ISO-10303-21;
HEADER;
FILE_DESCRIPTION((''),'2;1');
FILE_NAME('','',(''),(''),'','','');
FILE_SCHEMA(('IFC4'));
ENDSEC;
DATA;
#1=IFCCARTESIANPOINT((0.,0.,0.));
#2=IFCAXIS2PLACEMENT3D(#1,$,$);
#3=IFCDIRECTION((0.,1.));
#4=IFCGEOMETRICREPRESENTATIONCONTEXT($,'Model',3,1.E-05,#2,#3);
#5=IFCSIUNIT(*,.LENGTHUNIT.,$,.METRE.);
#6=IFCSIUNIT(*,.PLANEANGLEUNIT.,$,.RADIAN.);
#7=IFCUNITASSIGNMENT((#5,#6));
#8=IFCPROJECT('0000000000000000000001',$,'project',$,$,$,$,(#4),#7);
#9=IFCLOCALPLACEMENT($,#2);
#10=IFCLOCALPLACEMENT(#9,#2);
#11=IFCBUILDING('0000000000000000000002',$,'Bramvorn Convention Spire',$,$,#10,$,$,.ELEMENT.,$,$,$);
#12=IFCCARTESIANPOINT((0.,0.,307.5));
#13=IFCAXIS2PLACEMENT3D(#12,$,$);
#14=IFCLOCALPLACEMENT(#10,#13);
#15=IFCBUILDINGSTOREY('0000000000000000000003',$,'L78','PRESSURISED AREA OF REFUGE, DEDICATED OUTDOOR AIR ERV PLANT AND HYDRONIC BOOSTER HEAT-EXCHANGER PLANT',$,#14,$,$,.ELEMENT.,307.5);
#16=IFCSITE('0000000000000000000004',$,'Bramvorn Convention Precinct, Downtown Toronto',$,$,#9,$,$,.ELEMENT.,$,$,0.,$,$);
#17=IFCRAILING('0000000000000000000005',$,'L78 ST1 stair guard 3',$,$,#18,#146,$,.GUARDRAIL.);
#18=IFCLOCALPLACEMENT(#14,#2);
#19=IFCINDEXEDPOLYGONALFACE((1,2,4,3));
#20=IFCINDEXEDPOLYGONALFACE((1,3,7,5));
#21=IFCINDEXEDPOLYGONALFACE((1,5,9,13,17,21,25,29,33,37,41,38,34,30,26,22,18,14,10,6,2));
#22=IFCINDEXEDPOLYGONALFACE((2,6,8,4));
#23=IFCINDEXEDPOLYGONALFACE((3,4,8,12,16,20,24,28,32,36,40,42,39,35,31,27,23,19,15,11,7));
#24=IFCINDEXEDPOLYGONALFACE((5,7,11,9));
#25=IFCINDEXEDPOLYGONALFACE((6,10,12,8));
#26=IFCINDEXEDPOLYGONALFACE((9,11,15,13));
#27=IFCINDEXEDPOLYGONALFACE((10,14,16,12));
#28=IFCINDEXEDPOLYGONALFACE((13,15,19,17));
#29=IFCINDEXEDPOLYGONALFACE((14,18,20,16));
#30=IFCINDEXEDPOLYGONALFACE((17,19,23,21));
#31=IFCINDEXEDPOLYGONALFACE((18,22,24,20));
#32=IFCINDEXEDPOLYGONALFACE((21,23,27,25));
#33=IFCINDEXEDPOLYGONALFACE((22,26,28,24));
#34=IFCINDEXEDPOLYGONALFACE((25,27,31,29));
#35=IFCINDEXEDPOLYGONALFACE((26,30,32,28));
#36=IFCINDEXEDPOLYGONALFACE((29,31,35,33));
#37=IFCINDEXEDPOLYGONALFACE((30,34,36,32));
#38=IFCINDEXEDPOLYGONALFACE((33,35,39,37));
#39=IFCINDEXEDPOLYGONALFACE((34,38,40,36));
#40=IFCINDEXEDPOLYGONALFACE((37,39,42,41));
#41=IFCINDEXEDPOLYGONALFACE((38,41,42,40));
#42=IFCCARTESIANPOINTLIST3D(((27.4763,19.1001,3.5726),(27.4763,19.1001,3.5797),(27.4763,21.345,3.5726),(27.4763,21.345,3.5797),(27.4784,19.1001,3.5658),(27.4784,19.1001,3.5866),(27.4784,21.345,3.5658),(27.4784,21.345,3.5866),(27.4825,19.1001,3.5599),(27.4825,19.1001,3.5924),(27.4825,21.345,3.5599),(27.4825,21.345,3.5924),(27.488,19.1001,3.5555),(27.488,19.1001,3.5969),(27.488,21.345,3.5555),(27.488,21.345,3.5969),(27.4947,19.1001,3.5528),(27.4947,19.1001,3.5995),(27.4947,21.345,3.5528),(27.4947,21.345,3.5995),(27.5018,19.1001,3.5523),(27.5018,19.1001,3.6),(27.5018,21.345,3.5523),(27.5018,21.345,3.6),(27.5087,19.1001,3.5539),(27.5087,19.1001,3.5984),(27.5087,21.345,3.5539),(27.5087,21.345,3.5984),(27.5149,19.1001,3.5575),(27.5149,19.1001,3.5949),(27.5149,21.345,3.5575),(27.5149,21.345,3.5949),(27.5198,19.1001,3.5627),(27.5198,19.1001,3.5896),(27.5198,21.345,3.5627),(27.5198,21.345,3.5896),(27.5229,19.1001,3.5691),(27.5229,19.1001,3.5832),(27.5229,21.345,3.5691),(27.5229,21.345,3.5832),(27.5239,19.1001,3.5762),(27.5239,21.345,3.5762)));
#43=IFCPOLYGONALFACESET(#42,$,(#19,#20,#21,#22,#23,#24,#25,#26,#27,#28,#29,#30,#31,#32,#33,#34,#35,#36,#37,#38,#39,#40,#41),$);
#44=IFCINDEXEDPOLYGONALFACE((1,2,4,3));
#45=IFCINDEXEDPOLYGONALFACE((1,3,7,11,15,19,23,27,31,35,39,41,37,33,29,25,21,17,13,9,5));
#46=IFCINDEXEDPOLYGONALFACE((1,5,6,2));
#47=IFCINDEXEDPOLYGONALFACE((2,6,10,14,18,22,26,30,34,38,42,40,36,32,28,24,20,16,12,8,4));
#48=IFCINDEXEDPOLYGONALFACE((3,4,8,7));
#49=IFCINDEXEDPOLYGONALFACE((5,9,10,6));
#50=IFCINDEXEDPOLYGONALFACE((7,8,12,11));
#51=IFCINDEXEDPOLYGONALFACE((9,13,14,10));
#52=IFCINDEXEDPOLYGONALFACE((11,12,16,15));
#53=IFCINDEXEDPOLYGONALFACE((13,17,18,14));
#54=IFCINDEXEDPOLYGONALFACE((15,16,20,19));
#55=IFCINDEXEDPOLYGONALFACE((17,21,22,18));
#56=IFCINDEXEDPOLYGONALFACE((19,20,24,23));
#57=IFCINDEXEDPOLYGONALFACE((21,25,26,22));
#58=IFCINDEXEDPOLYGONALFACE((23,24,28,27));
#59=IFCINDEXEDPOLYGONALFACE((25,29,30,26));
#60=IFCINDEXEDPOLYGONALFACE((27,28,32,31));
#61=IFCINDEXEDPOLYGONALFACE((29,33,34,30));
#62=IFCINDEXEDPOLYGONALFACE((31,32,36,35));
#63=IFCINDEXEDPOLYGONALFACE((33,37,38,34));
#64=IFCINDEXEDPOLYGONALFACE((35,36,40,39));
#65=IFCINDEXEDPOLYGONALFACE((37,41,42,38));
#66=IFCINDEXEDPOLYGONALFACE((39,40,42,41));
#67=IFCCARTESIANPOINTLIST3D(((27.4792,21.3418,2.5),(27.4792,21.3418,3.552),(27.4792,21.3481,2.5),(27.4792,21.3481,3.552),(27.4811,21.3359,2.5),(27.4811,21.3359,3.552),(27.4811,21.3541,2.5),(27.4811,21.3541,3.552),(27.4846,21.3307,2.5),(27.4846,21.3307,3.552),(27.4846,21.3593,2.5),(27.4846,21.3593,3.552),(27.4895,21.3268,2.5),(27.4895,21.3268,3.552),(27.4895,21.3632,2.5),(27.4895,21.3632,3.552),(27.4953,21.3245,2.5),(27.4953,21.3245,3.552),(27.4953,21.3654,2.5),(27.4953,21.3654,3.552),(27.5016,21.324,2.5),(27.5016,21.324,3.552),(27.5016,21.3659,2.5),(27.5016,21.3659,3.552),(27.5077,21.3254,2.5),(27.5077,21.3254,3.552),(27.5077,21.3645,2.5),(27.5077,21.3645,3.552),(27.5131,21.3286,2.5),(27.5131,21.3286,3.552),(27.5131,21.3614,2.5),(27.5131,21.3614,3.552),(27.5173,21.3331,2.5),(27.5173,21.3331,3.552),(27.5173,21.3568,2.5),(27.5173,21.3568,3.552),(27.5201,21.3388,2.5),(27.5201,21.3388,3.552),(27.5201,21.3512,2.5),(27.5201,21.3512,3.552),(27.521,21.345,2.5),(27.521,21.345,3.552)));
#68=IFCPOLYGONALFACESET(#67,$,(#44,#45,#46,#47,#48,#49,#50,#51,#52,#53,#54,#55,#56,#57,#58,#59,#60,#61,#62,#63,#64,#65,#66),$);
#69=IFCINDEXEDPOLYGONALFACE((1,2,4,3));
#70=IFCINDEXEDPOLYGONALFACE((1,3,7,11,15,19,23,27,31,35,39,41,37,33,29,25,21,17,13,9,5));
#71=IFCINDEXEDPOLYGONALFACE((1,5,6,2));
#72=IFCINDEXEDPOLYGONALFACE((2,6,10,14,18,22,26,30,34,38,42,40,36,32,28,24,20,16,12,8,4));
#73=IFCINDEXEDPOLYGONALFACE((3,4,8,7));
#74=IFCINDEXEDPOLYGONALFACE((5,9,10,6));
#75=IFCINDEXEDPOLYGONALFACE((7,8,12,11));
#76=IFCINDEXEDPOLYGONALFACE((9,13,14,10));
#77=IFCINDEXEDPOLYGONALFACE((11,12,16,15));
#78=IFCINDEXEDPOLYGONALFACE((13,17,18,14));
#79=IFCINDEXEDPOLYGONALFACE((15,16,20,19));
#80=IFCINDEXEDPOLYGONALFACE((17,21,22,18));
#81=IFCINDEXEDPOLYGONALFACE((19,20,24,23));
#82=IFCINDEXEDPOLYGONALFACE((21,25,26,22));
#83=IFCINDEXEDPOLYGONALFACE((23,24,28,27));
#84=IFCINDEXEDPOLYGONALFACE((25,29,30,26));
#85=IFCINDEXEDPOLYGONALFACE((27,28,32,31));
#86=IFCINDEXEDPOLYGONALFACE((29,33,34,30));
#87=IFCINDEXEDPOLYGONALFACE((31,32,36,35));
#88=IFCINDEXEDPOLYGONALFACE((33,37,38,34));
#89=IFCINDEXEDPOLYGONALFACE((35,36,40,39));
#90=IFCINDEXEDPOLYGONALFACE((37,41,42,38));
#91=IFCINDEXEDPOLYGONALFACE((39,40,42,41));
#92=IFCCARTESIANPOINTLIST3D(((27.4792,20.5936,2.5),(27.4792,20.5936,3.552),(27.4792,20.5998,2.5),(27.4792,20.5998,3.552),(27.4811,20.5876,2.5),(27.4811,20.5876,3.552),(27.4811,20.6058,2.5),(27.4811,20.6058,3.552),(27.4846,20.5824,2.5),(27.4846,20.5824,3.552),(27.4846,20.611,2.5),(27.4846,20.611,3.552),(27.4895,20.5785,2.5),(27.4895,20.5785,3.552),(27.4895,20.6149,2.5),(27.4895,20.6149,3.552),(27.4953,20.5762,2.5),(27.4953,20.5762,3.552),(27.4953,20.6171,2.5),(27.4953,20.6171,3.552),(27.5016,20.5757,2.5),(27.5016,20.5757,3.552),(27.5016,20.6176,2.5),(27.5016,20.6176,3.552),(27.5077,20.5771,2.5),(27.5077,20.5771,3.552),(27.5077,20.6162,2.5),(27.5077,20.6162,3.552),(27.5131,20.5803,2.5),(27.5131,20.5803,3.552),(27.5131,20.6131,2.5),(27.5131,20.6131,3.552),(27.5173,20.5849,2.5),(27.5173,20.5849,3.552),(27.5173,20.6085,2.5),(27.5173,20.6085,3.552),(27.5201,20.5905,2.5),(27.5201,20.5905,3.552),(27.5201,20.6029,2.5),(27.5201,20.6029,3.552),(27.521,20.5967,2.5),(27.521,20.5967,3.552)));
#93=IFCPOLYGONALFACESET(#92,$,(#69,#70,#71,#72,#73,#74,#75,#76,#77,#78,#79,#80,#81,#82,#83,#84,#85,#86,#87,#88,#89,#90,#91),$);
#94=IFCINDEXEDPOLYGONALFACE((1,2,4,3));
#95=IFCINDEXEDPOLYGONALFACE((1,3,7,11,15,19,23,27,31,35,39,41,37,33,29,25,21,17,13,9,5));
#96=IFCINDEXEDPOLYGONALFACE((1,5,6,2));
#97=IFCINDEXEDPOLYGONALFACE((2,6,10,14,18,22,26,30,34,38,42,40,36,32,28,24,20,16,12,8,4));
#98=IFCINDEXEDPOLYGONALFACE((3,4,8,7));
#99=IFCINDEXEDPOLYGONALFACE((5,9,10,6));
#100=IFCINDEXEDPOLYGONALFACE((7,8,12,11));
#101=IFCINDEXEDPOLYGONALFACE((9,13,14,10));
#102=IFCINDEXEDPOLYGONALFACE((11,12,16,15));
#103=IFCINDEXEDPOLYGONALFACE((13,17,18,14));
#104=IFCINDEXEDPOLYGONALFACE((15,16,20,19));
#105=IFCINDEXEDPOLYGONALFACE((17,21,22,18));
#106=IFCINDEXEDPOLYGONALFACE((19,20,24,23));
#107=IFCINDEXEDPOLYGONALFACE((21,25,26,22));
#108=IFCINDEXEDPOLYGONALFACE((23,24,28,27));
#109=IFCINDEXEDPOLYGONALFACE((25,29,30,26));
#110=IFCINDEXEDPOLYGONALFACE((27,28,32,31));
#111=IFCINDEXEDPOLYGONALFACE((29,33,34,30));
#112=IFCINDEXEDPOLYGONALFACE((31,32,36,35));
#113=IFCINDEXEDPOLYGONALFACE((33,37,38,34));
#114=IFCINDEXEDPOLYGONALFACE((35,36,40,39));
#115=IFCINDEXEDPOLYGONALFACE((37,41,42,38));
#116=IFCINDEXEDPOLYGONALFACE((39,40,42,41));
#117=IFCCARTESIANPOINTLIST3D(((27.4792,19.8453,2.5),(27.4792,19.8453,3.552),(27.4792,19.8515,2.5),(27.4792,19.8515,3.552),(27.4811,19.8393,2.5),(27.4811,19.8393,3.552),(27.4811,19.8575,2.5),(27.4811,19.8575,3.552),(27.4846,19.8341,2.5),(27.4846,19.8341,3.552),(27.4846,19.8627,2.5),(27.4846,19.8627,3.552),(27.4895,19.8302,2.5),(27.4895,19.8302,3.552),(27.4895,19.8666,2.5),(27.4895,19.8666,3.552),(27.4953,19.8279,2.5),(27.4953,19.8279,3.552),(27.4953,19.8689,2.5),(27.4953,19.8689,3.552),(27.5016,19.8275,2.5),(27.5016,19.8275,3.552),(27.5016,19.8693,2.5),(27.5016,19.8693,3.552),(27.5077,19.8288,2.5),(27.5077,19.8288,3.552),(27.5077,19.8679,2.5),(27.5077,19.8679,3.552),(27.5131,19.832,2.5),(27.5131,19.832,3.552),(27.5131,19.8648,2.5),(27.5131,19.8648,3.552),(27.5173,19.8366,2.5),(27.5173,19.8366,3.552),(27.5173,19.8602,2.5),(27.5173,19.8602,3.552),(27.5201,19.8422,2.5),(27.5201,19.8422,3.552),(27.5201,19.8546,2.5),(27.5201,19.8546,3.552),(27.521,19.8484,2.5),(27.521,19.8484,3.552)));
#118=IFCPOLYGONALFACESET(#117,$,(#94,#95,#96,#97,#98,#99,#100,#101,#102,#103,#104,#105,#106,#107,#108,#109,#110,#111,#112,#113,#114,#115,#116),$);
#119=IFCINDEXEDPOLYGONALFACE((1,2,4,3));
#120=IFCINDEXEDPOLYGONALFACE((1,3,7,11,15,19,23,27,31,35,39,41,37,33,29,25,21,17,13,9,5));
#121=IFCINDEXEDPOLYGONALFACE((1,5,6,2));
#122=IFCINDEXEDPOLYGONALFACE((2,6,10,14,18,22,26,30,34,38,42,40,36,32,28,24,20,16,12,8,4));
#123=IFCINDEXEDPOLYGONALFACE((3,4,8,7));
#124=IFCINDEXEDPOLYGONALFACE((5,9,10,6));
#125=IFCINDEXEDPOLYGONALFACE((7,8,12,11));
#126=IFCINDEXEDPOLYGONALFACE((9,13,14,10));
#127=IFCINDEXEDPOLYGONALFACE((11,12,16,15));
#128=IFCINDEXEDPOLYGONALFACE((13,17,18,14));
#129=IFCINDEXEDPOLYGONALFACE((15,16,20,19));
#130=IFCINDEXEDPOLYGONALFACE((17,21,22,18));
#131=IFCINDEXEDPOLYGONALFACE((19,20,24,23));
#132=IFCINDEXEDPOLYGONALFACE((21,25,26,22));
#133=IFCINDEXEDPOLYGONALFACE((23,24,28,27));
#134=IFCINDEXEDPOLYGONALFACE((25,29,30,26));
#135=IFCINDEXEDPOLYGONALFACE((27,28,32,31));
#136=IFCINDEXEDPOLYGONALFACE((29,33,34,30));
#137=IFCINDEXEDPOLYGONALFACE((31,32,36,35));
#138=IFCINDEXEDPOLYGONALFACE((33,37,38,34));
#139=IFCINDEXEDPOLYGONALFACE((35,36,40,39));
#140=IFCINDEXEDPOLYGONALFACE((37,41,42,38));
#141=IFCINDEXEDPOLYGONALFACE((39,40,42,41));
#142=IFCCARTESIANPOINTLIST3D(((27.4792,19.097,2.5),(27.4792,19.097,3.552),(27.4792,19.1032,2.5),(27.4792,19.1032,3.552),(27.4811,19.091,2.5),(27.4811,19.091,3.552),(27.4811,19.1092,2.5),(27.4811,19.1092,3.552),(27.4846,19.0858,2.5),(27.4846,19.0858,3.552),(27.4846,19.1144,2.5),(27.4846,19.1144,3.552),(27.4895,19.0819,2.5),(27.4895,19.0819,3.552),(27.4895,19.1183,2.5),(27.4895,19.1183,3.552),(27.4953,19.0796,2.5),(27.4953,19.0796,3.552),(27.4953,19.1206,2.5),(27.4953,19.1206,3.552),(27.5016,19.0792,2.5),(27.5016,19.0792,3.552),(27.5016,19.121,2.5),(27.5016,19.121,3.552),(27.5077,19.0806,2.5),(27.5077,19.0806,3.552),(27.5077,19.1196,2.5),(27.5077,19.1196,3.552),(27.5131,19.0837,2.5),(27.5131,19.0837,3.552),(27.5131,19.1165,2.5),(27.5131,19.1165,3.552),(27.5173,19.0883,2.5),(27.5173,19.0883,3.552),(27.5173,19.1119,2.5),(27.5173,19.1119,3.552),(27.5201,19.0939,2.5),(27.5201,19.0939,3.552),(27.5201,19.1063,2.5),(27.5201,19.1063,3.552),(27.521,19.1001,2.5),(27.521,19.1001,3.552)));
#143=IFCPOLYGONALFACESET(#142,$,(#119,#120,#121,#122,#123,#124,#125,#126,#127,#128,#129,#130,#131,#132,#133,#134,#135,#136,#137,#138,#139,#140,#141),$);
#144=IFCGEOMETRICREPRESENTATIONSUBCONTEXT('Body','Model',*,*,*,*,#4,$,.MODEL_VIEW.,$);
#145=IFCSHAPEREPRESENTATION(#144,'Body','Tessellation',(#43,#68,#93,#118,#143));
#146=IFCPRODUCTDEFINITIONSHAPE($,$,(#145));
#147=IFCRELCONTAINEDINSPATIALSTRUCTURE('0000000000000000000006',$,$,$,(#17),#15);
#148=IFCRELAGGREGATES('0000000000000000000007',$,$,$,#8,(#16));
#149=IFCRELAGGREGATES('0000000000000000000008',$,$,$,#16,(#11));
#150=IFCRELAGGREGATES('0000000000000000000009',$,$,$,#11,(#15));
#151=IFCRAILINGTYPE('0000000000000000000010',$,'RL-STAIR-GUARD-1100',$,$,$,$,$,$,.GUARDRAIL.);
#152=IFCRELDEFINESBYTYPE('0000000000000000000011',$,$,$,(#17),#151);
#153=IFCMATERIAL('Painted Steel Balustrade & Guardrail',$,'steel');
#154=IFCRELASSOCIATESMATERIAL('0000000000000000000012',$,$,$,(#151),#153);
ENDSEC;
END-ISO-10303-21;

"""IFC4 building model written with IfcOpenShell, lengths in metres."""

from ifc_helpers import new_model, si_unit, direction, frame, origin, origin_2d, place, context, subcontext, project, spatial, circle, extrude, material, type_object, element, save


model = new_model("IFC4")

# Units and contexts
model_context = context("Model", 3, precision=1e-05, world=origin(), true_north=direction((0.0, 1.0)))
body_context = subcontext(model_context, "Body", "Model", "MODEL_VIEW")
ifc_project = project(units=[si_unit("LENGTHUNIT", "METRE"), si_unit("PLANEANGLEUNIT", "RADIAN")], contexts=[model_context])

# Site, building, storey
site_placement = place(None, origin())
site = spatial("IfcSite", under=ifc_project, at=site_placement, Name="Bramvorn Convention Precinct, Downtown Toronto", CompositionType="ELEMENT", RefElevation=0.0)
building_placement = place(site_placement, origin())
building = spatial("IfcBuilding", under=site, at=building_placement, Name="Bramvorn Convention Spire", CompositionType="ELEMENT")
storey_placement = place(building_placement, frame((0.0, 0.0, 307.5)))
storey = spatial("IfcBuildingStorey", under=building, at=storey_placement, Name="L78", Description="PRESSURISED AREA OF REFUGE, DEDICATED OUTDOOR AIR ERV PLANT AND HYDRONIC BOOSTER HEAT-EXCHANGER PLANT", CompositionType="ELEMENT", Elevation=307.5)

# Railing
ifc_material_1 = material(Name="Painted Steel Balustrade & Guardrail", Category="steel")
railing_type_1 = type_object("IfcRailingType", Name="RL-STAIR-GUARD-1100", PredefinedType="GUARDRAIL", material=ifc_material_1)
for number, where, name in (
    (1, (27.5, 21.345, 2.5), "L78 ST1 stair guard 3"),
):
    element("IfcRailing", number, at=place(storey_placement, frame(where)), inside=storey, type_object=railing_type_1, Name=name, PredefinedType="GUARDRAIL", context=body_context, shape_type="SweptSolid", body=[
        extrude(circle(Radius=0.0239, at=origin_2d()), frame((0.0, 0.0, 1.0762), z_axis=(0.0, -1.0, 0.0), x_axis=(1.0, 0.0, 0.0)), (0.0, 0.0, 1.0), 2.2449),
        extrude(circle(Radius=0.021, at=origin_2d()), origin(), (0.0, 0.0, 1.0), 1.052),
        extrude(circle(Radius=0.021, at=origin_2d()), frame((0.0, -0.7483, 0.0)), (0.0, 0.0, 1.0), 1.052),
        extrude(circle(Radius=0.021, at=origin_2d()), frame((0.0, -1.4966, 0.0)), (0.0, 0.0, 1.0), 1.052),
        extrude(circle(Radius=0.021, at=origin_2d()), frame((0.0, -2.2449, 0.0)), (0.0, 0.0, 1.0), 1.052),
    ])

save(model, "model.ifc")
